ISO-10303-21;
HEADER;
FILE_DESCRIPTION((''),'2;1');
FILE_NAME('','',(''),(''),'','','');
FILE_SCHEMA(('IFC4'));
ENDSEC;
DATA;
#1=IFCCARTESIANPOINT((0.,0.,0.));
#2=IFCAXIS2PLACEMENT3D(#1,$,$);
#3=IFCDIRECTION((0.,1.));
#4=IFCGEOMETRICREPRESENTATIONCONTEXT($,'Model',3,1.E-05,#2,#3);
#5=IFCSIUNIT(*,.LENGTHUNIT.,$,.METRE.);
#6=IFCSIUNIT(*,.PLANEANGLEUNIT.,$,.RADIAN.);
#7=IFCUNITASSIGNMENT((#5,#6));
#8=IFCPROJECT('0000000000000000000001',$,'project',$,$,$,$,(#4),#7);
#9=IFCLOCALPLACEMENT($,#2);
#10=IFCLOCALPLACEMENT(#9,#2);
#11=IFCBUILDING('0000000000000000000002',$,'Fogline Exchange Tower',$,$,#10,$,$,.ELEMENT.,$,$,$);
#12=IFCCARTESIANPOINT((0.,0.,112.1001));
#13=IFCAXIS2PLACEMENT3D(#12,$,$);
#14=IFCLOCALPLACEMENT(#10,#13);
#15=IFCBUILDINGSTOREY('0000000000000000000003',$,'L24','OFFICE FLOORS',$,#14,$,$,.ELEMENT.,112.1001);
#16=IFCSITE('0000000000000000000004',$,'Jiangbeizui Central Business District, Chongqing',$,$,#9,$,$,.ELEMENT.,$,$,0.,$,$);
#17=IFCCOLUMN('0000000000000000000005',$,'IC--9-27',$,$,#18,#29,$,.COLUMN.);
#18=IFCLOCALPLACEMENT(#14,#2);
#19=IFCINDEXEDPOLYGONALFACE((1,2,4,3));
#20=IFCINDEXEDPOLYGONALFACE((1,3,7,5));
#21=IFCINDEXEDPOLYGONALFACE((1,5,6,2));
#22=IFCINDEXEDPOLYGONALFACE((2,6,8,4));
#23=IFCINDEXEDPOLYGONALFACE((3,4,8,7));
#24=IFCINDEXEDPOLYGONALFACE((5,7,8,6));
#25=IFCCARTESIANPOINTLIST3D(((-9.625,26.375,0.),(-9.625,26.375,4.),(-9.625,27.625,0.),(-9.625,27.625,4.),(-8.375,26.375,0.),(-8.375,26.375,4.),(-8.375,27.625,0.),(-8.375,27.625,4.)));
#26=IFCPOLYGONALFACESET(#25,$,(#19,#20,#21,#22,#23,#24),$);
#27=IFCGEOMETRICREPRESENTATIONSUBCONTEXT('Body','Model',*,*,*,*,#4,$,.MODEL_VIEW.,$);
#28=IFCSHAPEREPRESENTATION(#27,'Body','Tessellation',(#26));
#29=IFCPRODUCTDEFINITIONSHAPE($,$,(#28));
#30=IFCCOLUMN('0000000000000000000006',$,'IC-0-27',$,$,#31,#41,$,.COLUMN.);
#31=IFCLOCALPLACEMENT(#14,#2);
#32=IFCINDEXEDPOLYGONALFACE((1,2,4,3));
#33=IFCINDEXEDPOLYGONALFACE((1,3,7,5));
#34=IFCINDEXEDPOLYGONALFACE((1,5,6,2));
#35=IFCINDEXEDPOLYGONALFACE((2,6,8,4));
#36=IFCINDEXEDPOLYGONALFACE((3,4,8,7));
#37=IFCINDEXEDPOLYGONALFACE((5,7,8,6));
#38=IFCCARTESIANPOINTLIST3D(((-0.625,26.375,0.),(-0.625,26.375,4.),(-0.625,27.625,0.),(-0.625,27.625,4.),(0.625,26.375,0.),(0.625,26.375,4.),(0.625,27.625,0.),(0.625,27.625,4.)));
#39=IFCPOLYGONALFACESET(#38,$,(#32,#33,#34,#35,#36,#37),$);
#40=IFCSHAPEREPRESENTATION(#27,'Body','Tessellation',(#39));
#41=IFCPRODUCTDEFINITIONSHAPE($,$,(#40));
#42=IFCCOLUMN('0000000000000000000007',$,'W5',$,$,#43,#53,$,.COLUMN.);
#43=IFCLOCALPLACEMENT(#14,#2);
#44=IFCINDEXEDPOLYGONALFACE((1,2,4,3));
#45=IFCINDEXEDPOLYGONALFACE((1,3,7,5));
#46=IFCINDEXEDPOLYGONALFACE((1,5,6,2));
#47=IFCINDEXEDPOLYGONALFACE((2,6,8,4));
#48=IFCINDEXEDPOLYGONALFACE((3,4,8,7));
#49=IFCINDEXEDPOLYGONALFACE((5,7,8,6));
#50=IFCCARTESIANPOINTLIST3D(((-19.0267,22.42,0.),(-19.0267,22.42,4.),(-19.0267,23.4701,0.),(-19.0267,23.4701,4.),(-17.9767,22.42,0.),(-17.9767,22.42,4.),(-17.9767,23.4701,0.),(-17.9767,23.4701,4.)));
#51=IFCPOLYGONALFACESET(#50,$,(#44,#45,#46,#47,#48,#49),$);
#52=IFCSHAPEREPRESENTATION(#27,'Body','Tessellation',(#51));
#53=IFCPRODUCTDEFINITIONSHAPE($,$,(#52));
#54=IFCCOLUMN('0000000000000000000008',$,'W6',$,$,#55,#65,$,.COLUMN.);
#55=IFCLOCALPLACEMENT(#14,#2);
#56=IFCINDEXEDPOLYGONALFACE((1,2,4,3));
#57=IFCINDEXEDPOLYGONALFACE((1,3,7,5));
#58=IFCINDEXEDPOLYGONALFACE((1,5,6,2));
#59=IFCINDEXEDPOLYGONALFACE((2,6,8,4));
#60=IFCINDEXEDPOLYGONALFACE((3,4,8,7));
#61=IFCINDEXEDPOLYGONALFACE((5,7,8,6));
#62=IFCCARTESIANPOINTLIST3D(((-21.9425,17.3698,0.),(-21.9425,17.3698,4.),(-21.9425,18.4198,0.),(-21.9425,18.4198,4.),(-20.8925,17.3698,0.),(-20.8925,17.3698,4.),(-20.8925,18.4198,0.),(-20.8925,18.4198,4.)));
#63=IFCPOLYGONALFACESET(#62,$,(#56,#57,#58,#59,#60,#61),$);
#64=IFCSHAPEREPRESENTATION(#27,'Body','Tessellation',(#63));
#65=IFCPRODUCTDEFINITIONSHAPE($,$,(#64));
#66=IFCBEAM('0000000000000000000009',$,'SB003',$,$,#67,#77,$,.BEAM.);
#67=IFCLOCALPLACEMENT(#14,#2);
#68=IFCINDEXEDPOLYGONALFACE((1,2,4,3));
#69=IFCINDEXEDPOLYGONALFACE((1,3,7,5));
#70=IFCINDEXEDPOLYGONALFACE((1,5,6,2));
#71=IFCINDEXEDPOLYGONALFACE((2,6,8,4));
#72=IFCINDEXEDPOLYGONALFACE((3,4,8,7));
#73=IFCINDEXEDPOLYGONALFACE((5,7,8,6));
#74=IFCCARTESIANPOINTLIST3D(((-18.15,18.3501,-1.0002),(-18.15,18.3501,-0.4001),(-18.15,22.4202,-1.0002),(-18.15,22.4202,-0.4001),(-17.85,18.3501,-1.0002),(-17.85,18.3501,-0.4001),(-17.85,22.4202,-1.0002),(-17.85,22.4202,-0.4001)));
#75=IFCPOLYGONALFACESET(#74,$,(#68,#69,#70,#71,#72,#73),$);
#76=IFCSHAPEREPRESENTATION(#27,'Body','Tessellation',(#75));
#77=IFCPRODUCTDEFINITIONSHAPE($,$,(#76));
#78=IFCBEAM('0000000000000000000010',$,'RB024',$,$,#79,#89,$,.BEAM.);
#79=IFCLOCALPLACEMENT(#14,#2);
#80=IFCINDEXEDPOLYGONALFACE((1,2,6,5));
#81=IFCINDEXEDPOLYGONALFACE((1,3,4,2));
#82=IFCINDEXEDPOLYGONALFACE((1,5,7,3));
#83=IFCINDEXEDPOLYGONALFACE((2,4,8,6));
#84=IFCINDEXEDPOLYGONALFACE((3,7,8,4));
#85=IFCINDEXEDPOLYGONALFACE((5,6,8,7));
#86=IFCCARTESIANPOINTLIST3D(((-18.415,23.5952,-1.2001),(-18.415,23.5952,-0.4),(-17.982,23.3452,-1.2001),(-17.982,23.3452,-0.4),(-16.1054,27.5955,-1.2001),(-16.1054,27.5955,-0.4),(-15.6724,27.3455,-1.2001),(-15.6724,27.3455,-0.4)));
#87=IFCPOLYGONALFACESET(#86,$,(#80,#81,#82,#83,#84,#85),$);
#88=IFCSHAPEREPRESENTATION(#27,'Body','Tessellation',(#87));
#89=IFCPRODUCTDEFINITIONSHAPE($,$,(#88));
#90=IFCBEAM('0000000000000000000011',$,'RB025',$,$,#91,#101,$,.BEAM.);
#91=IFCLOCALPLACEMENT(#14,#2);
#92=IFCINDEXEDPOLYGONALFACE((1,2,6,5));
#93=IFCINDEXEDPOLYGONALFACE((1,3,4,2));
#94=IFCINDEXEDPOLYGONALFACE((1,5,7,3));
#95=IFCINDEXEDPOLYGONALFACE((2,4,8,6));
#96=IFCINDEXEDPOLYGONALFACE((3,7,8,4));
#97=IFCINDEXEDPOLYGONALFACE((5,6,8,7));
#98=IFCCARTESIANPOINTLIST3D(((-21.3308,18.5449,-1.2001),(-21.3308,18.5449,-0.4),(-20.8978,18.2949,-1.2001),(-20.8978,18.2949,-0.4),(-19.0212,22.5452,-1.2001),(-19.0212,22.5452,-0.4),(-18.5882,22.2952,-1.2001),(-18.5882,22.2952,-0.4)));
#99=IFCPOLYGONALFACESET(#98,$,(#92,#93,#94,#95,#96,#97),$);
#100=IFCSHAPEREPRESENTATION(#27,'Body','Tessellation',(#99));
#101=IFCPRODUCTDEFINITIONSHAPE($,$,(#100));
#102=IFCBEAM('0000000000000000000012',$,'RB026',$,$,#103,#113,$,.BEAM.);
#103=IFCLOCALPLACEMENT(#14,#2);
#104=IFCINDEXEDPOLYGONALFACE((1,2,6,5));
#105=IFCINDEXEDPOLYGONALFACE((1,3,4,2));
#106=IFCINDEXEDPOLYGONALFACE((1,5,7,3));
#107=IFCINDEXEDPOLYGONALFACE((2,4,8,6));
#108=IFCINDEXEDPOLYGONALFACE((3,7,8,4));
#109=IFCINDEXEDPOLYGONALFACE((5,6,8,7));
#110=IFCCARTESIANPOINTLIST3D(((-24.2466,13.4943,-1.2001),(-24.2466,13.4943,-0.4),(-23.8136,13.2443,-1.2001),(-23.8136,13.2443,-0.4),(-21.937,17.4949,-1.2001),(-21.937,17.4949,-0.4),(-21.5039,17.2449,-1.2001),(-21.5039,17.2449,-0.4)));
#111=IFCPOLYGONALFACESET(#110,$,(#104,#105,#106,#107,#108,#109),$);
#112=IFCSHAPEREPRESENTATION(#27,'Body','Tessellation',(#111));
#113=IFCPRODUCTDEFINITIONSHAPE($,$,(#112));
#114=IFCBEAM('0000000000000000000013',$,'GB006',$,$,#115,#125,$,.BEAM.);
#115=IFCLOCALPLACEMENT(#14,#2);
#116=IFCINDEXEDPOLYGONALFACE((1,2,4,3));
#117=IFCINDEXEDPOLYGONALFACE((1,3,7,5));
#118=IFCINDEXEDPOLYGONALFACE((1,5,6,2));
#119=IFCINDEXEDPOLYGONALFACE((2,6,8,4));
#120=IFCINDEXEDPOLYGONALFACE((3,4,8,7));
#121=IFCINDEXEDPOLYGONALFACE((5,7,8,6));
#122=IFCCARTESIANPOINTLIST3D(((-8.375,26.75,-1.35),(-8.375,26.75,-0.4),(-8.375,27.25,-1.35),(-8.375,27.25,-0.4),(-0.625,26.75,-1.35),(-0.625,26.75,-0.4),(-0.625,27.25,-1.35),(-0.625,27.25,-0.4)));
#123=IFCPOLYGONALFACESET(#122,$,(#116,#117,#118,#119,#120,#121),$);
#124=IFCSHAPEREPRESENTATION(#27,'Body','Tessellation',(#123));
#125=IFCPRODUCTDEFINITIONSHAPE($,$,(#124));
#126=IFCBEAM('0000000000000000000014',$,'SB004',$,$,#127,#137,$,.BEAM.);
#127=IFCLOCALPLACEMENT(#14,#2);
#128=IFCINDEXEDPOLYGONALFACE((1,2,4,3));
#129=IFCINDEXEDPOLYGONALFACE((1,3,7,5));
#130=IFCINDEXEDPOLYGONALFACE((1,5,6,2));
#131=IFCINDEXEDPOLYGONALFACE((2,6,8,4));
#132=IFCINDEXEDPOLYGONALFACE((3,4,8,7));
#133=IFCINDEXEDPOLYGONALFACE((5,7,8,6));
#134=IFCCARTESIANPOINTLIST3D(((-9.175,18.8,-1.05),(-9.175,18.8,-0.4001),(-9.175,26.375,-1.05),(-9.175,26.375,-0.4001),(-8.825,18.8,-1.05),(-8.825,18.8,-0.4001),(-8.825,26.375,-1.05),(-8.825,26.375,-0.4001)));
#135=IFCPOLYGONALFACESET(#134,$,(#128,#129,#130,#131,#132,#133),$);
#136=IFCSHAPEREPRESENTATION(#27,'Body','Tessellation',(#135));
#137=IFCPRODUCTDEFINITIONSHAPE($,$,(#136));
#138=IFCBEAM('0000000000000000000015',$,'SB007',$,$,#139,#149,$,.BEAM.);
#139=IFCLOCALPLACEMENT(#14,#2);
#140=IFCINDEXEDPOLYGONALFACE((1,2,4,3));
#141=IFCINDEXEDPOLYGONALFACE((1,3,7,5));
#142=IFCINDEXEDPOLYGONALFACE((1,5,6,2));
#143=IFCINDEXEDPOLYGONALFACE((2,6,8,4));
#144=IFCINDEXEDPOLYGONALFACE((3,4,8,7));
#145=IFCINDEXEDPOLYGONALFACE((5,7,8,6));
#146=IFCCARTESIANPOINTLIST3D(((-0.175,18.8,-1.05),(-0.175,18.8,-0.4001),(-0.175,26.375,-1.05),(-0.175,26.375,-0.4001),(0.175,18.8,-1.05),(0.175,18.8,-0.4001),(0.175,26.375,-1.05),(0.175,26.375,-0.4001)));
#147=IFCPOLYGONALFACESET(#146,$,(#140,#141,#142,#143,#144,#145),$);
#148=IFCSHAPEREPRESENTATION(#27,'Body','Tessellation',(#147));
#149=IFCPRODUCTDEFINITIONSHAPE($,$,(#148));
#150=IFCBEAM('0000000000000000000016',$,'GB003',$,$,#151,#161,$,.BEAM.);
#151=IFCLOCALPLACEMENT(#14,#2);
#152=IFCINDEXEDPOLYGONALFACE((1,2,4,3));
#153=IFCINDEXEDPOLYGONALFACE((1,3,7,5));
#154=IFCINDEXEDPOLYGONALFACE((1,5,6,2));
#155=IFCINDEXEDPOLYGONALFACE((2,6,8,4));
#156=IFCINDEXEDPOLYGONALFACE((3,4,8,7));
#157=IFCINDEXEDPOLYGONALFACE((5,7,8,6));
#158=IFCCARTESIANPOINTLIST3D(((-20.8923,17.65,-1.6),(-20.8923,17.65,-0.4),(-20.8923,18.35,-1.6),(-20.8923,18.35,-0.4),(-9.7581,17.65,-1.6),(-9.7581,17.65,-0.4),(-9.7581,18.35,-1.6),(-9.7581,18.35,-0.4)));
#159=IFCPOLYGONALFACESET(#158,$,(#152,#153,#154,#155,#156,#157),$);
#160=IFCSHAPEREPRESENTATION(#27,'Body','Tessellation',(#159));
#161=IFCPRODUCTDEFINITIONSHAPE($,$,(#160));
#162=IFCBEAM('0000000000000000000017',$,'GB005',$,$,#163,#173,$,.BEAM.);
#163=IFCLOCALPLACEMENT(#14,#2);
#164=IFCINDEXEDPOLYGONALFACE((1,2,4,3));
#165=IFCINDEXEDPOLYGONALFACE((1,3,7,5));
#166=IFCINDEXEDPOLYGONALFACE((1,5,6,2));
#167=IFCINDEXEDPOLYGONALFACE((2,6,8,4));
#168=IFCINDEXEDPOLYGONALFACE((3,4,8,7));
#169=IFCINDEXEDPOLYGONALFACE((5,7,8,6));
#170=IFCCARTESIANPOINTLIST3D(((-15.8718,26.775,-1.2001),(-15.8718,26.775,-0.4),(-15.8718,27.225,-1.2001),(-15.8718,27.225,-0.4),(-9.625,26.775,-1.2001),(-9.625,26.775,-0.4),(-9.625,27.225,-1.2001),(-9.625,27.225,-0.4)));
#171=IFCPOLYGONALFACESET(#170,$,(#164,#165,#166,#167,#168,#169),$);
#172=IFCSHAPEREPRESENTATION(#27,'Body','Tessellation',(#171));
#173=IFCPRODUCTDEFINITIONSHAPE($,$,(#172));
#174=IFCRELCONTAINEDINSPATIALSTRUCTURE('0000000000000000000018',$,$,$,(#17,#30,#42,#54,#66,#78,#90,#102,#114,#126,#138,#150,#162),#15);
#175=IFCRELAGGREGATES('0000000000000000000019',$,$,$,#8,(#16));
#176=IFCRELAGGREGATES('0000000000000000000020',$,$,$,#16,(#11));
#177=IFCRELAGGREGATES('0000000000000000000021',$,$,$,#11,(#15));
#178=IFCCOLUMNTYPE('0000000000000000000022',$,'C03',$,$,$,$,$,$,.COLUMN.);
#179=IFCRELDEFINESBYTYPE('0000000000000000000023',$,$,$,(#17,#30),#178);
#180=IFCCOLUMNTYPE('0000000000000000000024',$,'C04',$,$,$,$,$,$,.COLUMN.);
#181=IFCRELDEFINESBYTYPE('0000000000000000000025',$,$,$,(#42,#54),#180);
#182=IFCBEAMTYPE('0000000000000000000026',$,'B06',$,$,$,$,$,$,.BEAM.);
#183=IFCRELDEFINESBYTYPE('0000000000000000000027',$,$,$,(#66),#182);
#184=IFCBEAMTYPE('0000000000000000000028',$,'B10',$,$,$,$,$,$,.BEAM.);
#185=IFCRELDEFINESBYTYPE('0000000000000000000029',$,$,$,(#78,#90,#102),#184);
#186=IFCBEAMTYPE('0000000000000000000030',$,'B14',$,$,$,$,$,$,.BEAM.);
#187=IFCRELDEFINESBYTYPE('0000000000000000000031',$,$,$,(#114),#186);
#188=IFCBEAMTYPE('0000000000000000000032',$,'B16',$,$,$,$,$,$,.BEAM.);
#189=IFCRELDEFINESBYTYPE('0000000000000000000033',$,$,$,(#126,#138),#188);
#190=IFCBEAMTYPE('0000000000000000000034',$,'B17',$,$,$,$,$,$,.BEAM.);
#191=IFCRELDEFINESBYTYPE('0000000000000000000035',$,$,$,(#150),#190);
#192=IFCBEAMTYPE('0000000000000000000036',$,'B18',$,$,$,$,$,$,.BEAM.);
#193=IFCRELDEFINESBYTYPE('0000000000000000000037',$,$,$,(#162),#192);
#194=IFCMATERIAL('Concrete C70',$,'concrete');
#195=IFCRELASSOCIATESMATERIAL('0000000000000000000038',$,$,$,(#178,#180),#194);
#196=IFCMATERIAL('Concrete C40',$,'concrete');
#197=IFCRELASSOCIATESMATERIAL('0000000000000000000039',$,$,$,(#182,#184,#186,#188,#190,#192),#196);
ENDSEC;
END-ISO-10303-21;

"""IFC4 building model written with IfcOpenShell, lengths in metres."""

from ifc_helpers import new_model, si_unit, direction, frame, origin, origin_2d, place, context, subcontext, project, spatial, rectangle, extrude, material, material_profile, profile_set, type_object, element, save


model = new_model("IFC4")

# Units and contexts
model_context = context("Model", 3, precision=1e-05, world=origin(), true_north=direction((0.0, 1.0)))
body_context = subcontext(model_context, "Body", "Model", "MODEL_VIEW")
ifc_project = project(units=[si_unit("LENGTHUNIT", "METRE"), si_unit("PLANEANGLEUNIT", "RADIAN")], contexts=[model_context])

# Site, building, storey
site_placement = place(None, origin())
site = spatial("IfcSite", under=ifc_project, at=site_placement, Name="Jiangbeizui Central Business District, Chongqing", CompositionType="ELEMENT", RefElevation=0.0)
building_placement = place(site_placement, origin())
building = spatial("IfcBuilding", under=site, at=building_placement, Name="Fogline Exchange Tower", CompositionType="ELEMENT")
storey_placement = place(building_placement, frame((0.0, 0.0, 112.1001)))
storey = spatial("IfcBuildingStorey", under=building, at=storey_placement, Name="L24", Description="OFFICE FLOORS", CompositionType="ELEMENT", Elevation=112.1001)

# Columns
ifc_material_1 = material(Name="Concrete C70", Category="concrete")
ifc_material_profile_1 = material_profile(ifc_material_1, rectangle(XDim=1.25, YDim=1.25, at=origin_2d()), Name="RC 1250x1250")
ifc_profile_set_1 = profile_set([ifc_material_profile_1], Name="Concrete C70")
column_type_1 = type_object("IfcColumnType", Name="C03", PredefinedType="COLUMN", material=ifc_profile_set_1)
for number, where, z_axis, x_axis, name in (
    (1, (-9.0, 27.0, 0.0), (0.0, 0.0, 1.0), (1.0, 0.0, 0.0), "IC--9-27"),
    (2, (0.0, 27.0, 0.0), (0.0, 0.0, 1.0), (1.0, 0.0, 0.0), "IC-0-27"),
):
    element("IfcColumn", number, at=place(storey_placement, frame(where, z_axis=z_axis, x_axis=x_axis)), inside=storey, type_object=column_type_1, Name=name, PredefinedType="COLUMN", context=body_context, shape_type="SweptSolid", body=[
        extrude(rectangle(XDim=1.25, YDim=1.25, at=origin_2d()), origin(), (0.0, 0.0, 1.0), 4.0),
    ])
ifc_material_profile_2 = material_profile(ifc_material_1, rectangle(XDim=1.05, YDim=1.05, at=origin_2d()), Name="RC 1050x1050")
ifc_profile_set_2 = profile_set([ifc_material_profile_2], Name="Concrete C70")
column_type_2 = type_object("IfcColumnType", Name="C04", PredefinedType="COLUMN", material=ifc_profile_set_2)
for number, where, z_axis, x_axis, name in (
    (3, (-18.5017, 22.9451, 0.0), (0.0, 0.0, 1.0), (1.0, 0.0, 0.0), "W5"),
    (4, (-21.4175, 17.8948, 0.0), (0.0, 0.0, 1.0), (1.0, 0.0, 0.0), "W6"),
):
    element("IfcColumn", number, at=place(storey_placement, frame(where, z_axis=z_axis, x_axis=x_axis)), inside=storey, type_object=column_type_2, Name=name, PredefinedType="COLUMN", context=body_context, shape_type="SweptSolid", body=[
        extrude(rectangle(XDim=1.05, YDim=1.05, at=origin_2d()), origin(), (0.0, 0.0, 1.0), 4.0),
    ])

# Beams
ifc_material_2 = material(Name="Concrete C40", Category="concrete")
ifc_material_profile_3 = material_profile(ifc_material_2, rectangle(XDim=0.3, YDim=0.6001, at=origin_2d()), Name="RC 300x600")
ifc_profile_set_3 = profile_set([ifc_material_profile_3], Name="Concrete C40")
beam_type_1 = type_object("IfcBeamType", Name="B06", PredefinedType="BEAM", material=ifc_profile_set_3)
beam_1_placement = place(storey_placement, frame((-18.0, 18.3501, -0.7002), z_axis=(0.0, 1.0, 0.0), x_axis=(-1.0, 0.0, 0.0)))
element("IfcBeam", 5, at=beam_1_placement, inside=storey, type_object=beam_type_1, Name="SB003", PredefinedType="BEAM", context=body_context, shape_type="SweptSolid", body=[
    extrude(rectangle(XDim=0.3, YDim=0.6001, at=origin_2d()), origin(), (0.0, 0.0, 1.0), 4.0701),
])
ifc_material_profile_4 = material_profile(ifc_material_2, rectangle(XDim=0.5, YDim=0.8, at=origin_2d()), Name="RC 500x800")
ifc_profile_set_4 = profile_set([ifc_material_profile_4], Name="Concrete C40")
beam_type_2 = type_object("IfcBeamType", Name="B10", PredefinedType="BEAM", material=ifc_profile_set_4)
for number, where, z_axis, x_axis, name in (
    (6, (-15.8889, 27.4705, -0.8), (-0.500005, -0.866023, 0.0), (0.866023, -0.500005, 0.0), "RB024"),
    (7, (-18.8047, 22.4202, -0.8), (-0.500005, -0.866023, 0.0), (0.866023, -0.500005, 0.0), "RB025"),
):
    element("IfcBeam", number, at=place(storey_placement, frame(where, z_axis=z_axis, x_axis=x_axis)), inside=storey, type_object=beam_type_2, Name=name, PredefinedType="BEAM", context=body_context, shape_type="SweptSolid", body=[
        extrude(rectangle(XDim=0.5, YDim=0.8, at=origin_2d()), origin(), (0.0, 0.0, 1.0), 4.6191),
    ])
beam_2_placement = place(storey_placement, frame((-21.7205, 17.3699, -0.8), z_axis=(-0.499982, -0.866036, 0.0), x_axis=(0.866036, -0.499982, 0.0)))
element("IfcBeam", 8, at=beam_2_placement, inside=storey, type_object=beam_type_2, Name="RB026", PredefinedType="BEAM", context=body_context, shape_type="SweptSolid", body=[
    extrude(rectangle(XDim=0.5, YDim=0.8, at=origin_2d()), origin(), (0.0, 0.0, 1.0), 4.6194),
])
ifc_material_profile_5 = material_profile(ifc_material_2, rectangle(XDim=0.5, YDim=0.95, at=origin_2d()), Name="RC 500x950")
ifc_profile_set_5 = profile_set([ifc_material_profile_5], Name="Concrete C40")
beam_type_3 = type_object("IfcBeamType", Name="B14", PredefinedType="BEAM", material=ifc_profile_set_5)
beam_3_placement = place(storey_placement, frame((-8.375, 27.0, -0.875), z_axis=(1.0, 0.0, 0.0), x_axis=(0.0, 1.0, 0.0)))
element("IfcBeam", 9, at=beam_3_placement, inside=storey, type_object=beam_type_3, Name="GB006", PredefinedType="BEAM", context=body_context, shape_type="SweptSolid", body=[
    extrude(rectangle(XDim=0.5, YDim=0.95, at=origin_2d()), origin(), (0.0, 0.0, 1.0), 7.75),
])
ifc_material_profile_6 = material_profile(ifc_material_2, rectangle(XDim=0.3501, YDim=0.6499, at=origin_2d()), Name="RC 350x650")
ifc_profile_set_6 = profile_set([ifc_material_profile_6], Name="Concrete C40")
beam_type_4 = type_object("IfcBeamType", Name="B16", PredefinedType="BEAM", material=ifc_profile_set_6)
for number, where, z_axis, x_axis, name in (
    (10, (-9.0, 18.8, -0.7251), (0.0, 1.0, 0.0), (-1.0, 0.0, 0.0), "SB004"),
    (11, (0.0, 18.8, -0.7251), (0.0, 1.0, 0.0), (-1.0, 0.0, 0.0), "SB007"),
):
    element("IfcBeam", number, at=place(storey_placement, frame(where, z_axis=z_axis, x_axis=x_axis)), inside=storey, type_object=beam_type_4, Name=name, PredefinedType="BEAM", context=body_context, shape_type="SweptSolid", body=[
        extrude(rectangle(XDim=0.3501, YDim=0.6499, at=origin_2d()), origin(), (0.0, 0.0, 1.0), 7.575),
    ])
ifc_material_profile_7 = material_profile(ifc_material_2, rectangle(XDim=0.7, YDim=1.2, at=origin_2d()), Name="RC 700x1200")
ifc_profile_set_7 = profile_set([ifc_material_profile_7], Name="Concrete C40")
beam_type_5 = type_object("IfcBeamType", Name="B17", PredefinedType="BEAM", material=ifc_profile_set_7)
beam_4_placement = place(storey_placement, frame((-20.8923, 18.0, -1.0), z_axis=(1.0, 0.0, 0.0), x_axis=(0.0, 1.0, 0.0)))
element("IfcBeam", 12, at=beam_4_placement, inside=storey, type_object=beam_type_5, Name="GB003", PredefinedType="BEAM", context=body_context, shape_type="SweptSolid", body=[
    extrude(rectangle(XDim=0.7, YDim=1.2, at=origin_2d()), origin(), (0.0, 0.0, 1.0), 11.1343),
])
ifc_material_profile_8 = material_profile(ifc_material_2, rectangle(XDim=0.45, YDim=0.8, at=origin_2d()), Name="RC 450x800")
ifc_profile_set_8 = profile_set([ifc_material_profile_8], Name="Concrete C40")
beam_type_6 = type_object("IfcBeamType", Name="B18", PredefinedType="BEAM", material=ifc_profile_set_8)
beam_5_placement = place(storey_placement, frame((-15.8718, 27.0, -0.8), z_axis=(1.0, 0.0, 0.0), x_axis=(0.0, 1.0, 0.0)))
element("IfcBeam", 13, at=beam_5_placement, inside=storey, type_object=beam_type_6, Name="GB005", PredefinedType="BEAM", context=body_context, shape_type="SweptSolid", body=[
    extrude(rectangle(XDim=0.45, YDim=0.8, at=origin_2d()), origin(), (0.0, 0.0, 1.0), 6.2468),
])

save(model, "model.ifc")
